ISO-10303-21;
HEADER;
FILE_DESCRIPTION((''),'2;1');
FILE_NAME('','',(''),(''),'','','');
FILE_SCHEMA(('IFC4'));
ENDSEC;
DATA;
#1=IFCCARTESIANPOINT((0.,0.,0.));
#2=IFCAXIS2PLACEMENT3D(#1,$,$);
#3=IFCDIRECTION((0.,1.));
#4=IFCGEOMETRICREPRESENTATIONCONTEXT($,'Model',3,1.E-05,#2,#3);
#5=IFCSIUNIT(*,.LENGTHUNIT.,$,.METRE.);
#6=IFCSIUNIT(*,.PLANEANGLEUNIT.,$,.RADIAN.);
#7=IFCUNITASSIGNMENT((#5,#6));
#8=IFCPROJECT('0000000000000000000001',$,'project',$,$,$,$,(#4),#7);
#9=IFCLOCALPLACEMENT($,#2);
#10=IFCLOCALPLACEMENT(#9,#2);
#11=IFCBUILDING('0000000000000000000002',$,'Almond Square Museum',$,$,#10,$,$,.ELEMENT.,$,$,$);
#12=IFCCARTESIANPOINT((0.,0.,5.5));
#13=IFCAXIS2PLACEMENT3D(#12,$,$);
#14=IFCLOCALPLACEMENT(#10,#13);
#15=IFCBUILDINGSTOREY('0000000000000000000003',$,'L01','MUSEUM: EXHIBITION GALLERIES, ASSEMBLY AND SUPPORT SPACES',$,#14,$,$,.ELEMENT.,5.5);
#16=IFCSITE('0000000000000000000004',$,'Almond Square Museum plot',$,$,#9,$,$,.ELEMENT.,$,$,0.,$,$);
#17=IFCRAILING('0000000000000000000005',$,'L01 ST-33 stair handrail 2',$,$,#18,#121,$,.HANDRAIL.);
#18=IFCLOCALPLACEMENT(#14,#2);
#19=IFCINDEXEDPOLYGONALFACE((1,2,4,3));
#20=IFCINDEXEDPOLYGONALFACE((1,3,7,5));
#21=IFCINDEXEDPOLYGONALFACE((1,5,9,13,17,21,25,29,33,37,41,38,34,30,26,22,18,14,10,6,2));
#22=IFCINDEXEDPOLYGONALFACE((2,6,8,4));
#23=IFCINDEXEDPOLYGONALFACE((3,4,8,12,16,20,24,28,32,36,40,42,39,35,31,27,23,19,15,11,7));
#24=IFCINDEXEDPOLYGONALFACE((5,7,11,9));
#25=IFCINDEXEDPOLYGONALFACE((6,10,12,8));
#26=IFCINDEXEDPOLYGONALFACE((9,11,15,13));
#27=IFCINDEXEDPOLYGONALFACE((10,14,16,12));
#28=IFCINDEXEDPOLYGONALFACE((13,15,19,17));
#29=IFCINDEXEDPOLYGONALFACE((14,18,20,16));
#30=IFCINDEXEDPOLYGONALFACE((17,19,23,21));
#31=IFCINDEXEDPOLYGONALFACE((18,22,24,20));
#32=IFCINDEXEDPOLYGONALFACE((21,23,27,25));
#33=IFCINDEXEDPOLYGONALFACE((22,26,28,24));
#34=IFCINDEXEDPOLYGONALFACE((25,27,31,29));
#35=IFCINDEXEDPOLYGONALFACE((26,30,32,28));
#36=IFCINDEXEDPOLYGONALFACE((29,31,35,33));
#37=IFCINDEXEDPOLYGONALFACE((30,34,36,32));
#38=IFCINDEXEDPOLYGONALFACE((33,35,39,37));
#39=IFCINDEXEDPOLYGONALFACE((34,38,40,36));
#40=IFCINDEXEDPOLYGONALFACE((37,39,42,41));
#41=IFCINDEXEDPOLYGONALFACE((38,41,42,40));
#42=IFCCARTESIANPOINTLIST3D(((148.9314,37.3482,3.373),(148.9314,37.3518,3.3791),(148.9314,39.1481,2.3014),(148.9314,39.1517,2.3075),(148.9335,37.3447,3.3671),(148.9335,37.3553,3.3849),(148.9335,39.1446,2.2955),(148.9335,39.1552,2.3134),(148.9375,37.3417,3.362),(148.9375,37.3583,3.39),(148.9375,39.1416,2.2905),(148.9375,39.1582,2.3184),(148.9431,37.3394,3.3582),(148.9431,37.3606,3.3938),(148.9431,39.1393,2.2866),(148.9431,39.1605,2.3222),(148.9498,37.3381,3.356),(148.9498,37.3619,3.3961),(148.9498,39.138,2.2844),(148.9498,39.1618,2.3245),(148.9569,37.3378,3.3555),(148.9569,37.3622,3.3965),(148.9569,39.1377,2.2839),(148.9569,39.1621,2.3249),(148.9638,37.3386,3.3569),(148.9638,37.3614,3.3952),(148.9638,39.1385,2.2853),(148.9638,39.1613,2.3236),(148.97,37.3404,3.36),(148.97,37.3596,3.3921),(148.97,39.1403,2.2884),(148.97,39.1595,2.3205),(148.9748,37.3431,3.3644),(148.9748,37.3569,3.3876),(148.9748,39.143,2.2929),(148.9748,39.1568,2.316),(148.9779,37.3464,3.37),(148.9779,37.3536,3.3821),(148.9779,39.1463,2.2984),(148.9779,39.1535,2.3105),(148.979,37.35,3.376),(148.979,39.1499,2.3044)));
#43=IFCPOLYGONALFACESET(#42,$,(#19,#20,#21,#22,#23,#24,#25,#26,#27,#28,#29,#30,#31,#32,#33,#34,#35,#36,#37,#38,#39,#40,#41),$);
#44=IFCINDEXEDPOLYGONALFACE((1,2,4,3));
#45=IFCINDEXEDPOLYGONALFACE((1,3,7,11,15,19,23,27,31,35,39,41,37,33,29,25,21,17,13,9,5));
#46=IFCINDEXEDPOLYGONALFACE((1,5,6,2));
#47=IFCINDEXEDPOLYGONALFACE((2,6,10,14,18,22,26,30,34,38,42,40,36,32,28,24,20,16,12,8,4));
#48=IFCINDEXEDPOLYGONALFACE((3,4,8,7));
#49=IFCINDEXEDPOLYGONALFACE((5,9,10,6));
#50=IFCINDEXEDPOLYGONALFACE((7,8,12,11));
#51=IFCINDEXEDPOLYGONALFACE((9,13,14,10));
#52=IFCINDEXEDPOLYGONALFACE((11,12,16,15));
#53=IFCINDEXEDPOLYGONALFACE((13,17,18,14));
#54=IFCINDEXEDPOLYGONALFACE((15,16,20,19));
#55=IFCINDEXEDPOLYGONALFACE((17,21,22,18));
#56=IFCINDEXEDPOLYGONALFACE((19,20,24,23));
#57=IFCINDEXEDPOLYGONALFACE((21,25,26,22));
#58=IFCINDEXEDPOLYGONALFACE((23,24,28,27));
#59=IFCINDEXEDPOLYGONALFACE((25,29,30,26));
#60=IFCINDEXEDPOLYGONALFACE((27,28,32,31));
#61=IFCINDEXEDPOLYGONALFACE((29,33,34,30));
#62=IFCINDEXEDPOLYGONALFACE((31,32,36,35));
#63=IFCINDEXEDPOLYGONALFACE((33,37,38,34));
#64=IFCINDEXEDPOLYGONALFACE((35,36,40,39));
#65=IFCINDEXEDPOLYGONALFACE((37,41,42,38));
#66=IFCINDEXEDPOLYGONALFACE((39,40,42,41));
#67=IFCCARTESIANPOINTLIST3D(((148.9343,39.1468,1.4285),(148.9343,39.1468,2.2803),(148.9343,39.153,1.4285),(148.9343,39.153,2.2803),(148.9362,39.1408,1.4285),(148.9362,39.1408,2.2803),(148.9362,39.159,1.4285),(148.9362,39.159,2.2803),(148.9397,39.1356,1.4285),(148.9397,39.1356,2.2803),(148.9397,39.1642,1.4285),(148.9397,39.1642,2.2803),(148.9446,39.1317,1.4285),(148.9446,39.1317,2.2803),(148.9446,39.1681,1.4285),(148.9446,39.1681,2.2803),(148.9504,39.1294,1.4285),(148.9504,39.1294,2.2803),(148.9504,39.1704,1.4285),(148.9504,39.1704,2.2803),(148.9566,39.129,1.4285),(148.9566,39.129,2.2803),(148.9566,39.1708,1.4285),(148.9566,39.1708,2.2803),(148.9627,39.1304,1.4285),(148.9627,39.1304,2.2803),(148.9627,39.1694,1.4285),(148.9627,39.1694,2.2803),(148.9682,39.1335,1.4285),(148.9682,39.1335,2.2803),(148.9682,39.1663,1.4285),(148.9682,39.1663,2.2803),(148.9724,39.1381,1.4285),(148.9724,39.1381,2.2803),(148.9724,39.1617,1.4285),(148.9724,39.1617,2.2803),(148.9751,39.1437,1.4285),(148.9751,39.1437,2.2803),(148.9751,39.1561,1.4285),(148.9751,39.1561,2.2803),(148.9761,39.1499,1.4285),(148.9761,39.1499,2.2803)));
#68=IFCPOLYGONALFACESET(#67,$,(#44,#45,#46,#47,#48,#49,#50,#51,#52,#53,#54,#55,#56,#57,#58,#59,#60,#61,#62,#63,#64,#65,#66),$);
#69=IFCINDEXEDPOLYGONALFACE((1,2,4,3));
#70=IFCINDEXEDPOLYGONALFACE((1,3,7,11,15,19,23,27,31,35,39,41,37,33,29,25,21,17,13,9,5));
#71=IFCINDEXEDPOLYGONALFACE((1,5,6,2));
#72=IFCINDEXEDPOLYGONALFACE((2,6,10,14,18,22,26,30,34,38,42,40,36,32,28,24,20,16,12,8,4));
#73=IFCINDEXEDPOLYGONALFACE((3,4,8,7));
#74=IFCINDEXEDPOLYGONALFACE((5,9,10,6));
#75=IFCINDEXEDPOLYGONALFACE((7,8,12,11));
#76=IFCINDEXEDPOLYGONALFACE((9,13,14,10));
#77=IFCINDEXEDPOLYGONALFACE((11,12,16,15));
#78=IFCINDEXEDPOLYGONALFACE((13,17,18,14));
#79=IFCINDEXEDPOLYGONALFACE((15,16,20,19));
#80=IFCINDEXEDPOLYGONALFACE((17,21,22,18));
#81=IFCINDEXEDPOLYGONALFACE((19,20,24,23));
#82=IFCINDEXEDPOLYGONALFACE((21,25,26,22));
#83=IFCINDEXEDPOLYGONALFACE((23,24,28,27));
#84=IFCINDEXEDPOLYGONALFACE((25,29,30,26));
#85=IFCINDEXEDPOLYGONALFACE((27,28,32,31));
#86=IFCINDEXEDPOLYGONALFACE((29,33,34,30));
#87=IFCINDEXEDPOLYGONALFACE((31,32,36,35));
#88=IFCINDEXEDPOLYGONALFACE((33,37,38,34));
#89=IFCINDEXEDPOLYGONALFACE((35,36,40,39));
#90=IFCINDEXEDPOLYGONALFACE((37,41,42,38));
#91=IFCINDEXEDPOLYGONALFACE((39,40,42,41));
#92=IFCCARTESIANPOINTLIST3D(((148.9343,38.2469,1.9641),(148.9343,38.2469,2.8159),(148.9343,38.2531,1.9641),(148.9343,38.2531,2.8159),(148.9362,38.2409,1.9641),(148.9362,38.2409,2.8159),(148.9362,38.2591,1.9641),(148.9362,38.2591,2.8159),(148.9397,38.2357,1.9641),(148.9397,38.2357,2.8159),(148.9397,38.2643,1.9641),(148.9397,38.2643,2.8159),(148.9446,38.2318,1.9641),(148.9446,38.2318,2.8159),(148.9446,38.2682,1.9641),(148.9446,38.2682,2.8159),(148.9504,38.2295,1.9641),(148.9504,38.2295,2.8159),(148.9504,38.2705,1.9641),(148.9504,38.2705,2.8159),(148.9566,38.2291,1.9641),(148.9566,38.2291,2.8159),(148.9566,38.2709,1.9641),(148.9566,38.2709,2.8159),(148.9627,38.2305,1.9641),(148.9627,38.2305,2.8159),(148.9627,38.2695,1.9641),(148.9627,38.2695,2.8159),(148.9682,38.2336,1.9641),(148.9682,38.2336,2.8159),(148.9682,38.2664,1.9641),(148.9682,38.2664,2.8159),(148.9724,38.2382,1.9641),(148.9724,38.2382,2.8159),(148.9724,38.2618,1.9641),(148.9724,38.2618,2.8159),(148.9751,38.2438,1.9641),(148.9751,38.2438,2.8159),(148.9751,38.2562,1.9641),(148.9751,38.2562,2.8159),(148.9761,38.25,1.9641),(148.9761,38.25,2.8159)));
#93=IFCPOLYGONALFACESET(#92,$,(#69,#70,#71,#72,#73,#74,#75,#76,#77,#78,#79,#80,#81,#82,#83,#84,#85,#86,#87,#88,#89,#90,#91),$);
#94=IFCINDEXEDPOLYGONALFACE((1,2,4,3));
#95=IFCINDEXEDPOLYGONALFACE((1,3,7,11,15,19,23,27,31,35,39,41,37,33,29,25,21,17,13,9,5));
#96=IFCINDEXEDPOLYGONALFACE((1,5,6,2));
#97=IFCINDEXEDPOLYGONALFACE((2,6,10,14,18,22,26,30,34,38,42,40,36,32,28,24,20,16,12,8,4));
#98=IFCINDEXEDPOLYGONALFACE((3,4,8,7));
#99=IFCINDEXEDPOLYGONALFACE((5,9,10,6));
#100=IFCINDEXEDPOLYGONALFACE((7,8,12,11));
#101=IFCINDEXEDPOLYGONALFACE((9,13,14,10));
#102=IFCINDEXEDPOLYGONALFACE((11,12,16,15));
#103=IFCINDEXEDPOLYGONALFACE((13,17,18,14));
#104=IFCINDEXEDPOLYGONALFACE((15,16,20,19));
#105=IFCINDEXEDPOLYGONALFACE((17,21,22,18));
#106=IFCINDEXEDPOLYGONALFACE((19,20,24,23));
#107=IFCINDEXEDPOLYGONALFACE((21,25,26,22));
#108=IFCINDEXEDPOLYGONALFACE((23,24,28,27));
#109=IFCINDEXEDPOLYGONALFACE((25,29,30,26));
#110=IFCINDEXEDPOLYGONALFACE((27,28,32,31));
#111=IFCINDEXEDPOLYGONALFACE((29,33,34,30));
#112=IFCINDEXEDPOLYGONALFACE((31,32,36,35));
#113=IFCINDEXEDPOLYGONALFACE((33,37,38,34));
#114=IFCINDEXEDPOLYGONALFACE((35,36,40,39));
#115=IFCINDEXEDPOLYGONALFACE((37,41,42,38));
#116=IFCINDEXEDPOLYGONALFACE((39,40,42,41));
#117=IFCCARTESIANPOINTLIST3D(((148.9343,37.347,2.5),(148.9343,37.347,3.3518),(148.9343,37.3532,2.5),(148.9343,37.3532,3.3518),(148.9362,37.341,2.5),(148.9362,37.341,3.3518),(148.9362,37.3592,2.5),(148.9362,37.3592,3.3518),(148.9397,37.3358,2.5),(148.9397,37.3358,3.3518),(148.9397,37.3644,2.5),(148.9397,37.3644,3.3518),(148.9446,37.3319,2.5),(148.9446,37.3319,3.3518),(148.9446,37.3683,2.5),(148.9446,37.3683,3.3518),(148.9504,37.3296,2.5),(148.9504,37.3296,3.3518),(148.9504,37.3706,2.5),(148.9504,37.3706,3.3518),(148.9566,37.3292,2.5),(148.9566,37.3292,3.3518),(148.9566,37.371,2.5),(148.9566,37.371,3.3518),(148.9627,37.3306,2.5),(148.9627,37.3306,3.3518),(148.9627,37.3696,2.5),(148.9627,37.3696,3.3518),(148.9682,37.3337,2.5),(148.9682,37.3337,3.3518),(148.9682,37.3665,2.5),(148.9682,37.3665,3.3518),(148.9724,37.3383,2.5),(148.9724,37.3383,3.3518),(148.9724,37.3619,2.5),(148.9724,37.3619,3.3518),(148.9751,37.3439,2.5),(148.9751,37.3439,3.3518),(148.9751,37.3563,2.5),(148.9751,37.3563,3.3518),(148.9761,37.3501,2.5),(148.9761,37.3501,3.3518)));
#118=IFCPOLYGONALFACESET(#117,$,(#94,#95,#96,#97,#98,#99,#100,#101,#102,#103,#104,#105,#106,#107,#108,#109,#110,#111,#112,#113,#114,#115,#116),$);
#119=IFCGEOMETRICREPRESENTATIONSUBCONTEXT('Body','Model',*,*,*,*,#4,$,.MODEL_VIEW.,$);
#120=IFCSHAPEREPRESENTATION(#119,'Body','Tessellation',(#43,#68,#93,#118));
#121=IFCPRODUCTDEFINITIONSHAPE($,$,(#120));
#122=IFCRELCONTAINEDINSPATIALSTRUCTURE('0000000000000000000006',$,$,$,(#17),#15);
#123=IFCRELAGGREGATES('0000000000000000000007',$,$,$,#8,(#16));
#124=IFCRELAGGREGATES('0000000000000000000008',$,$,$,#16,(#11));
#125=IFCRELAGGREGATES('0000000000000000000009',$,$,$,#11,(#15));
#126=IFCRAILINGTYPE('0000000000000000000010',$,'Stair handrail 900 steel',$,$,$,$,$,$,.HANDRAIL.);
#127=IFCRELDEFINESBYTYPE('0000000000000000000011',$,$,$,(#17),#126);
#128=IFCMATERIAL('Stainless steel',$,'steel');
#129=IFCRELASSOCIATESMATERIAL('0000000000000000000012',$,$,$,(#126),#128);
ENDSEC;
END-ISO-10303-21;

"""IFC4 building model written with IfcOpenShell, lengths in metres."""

from ifc_helpers import new_model, si_unit, direction, frame, origin, origin_2d, place, context, subcontext, project, spatial, circle, extrude, material, type_object, element, save


model = new_model("IFC4")

# Units and contexts
model_context = context("Model", 3, precision=1e-05, world=origin(), true_north=direction((0.0, 1.0)))
body_context = subcontext(model_context, "Body", "Model", "MODEL_VIEW")
ifc_project = project(units=[si_unit("LENGTHUNIT", "METRE"), si_unit("PLANEANGLEUNIT", "RADIAN")], contexts=[model_context])

# Site, building, storey
site_placement = place(None, origin())
site = spatial("IfcSite", under=ifc_project, at=site_placement, Name="Almond Square Museum plot", CompositionType="ELEMENT", RefElevation=0.0)
building_placement = place(site_placement, origin())
building = spatial("IfcBuilding", under=site, at=building_placement, Name="Almond Square Museum", CompositionType="ELEMENT")
storey_placement = place(building_placement, frame((0.0, 0.0, 5.5)))
storey = spatial("IfcBuildingStorey", under=building, at=storey_placement, Name="L01", Description="MUSEUM: EXHIBITION GALLERIES, ASSEMBLY AND SUPPORT SPACES", CompositionType="ELEMENT", Elevation=5.5)

# Railing
ifc_material_1 = material(Name="Stainless steel", Category="steel")
railing_type_1 = type_object("IfcRailingType", Name="Stair handrail 900 steel", PredefinedType="HANDRAIL", material=ifc_material_1)
railing_1_placement = place(storey_placement, frame((148.9551, 39.1499, 1.4285)))
element("IfcRailing", 1, at=railing_1_placement, inside=storey, type_object=railing_type_1, Name="L01 ST-33 stair handrail 2", PredefinedType="HANDRAIL", context=body_context, shape_type="SweptSolid", body=[
    extrude(circle(Radius=0.0239, at=origin_2d()), frame((0.0, 0.0, 0.876), z_axis=(0.0, -0.859247, 0.511562), x_axis=(1.0, 0.0, 0.0)), (0.0, 0.0, 1.0), 2.0947),
    extrude(circle(Radius=0.021, at=origin_2d()), origin(), (0.0, 0.0, 1.0), 0.8518),
    extrude(circle(Radius=0.021, at=origin_2d()), frame((0.0, -0.8999, 0.5356)), (0.0, 0.0, 1.0), 0.8518),
    extrude(circle(Radius=0.021, at=origin_2d()), frame((0.0, -1.7998, 1.0715)), (0.0, 0.0, 1.0), 0.8518),
])

save(model, "model.ifc")
